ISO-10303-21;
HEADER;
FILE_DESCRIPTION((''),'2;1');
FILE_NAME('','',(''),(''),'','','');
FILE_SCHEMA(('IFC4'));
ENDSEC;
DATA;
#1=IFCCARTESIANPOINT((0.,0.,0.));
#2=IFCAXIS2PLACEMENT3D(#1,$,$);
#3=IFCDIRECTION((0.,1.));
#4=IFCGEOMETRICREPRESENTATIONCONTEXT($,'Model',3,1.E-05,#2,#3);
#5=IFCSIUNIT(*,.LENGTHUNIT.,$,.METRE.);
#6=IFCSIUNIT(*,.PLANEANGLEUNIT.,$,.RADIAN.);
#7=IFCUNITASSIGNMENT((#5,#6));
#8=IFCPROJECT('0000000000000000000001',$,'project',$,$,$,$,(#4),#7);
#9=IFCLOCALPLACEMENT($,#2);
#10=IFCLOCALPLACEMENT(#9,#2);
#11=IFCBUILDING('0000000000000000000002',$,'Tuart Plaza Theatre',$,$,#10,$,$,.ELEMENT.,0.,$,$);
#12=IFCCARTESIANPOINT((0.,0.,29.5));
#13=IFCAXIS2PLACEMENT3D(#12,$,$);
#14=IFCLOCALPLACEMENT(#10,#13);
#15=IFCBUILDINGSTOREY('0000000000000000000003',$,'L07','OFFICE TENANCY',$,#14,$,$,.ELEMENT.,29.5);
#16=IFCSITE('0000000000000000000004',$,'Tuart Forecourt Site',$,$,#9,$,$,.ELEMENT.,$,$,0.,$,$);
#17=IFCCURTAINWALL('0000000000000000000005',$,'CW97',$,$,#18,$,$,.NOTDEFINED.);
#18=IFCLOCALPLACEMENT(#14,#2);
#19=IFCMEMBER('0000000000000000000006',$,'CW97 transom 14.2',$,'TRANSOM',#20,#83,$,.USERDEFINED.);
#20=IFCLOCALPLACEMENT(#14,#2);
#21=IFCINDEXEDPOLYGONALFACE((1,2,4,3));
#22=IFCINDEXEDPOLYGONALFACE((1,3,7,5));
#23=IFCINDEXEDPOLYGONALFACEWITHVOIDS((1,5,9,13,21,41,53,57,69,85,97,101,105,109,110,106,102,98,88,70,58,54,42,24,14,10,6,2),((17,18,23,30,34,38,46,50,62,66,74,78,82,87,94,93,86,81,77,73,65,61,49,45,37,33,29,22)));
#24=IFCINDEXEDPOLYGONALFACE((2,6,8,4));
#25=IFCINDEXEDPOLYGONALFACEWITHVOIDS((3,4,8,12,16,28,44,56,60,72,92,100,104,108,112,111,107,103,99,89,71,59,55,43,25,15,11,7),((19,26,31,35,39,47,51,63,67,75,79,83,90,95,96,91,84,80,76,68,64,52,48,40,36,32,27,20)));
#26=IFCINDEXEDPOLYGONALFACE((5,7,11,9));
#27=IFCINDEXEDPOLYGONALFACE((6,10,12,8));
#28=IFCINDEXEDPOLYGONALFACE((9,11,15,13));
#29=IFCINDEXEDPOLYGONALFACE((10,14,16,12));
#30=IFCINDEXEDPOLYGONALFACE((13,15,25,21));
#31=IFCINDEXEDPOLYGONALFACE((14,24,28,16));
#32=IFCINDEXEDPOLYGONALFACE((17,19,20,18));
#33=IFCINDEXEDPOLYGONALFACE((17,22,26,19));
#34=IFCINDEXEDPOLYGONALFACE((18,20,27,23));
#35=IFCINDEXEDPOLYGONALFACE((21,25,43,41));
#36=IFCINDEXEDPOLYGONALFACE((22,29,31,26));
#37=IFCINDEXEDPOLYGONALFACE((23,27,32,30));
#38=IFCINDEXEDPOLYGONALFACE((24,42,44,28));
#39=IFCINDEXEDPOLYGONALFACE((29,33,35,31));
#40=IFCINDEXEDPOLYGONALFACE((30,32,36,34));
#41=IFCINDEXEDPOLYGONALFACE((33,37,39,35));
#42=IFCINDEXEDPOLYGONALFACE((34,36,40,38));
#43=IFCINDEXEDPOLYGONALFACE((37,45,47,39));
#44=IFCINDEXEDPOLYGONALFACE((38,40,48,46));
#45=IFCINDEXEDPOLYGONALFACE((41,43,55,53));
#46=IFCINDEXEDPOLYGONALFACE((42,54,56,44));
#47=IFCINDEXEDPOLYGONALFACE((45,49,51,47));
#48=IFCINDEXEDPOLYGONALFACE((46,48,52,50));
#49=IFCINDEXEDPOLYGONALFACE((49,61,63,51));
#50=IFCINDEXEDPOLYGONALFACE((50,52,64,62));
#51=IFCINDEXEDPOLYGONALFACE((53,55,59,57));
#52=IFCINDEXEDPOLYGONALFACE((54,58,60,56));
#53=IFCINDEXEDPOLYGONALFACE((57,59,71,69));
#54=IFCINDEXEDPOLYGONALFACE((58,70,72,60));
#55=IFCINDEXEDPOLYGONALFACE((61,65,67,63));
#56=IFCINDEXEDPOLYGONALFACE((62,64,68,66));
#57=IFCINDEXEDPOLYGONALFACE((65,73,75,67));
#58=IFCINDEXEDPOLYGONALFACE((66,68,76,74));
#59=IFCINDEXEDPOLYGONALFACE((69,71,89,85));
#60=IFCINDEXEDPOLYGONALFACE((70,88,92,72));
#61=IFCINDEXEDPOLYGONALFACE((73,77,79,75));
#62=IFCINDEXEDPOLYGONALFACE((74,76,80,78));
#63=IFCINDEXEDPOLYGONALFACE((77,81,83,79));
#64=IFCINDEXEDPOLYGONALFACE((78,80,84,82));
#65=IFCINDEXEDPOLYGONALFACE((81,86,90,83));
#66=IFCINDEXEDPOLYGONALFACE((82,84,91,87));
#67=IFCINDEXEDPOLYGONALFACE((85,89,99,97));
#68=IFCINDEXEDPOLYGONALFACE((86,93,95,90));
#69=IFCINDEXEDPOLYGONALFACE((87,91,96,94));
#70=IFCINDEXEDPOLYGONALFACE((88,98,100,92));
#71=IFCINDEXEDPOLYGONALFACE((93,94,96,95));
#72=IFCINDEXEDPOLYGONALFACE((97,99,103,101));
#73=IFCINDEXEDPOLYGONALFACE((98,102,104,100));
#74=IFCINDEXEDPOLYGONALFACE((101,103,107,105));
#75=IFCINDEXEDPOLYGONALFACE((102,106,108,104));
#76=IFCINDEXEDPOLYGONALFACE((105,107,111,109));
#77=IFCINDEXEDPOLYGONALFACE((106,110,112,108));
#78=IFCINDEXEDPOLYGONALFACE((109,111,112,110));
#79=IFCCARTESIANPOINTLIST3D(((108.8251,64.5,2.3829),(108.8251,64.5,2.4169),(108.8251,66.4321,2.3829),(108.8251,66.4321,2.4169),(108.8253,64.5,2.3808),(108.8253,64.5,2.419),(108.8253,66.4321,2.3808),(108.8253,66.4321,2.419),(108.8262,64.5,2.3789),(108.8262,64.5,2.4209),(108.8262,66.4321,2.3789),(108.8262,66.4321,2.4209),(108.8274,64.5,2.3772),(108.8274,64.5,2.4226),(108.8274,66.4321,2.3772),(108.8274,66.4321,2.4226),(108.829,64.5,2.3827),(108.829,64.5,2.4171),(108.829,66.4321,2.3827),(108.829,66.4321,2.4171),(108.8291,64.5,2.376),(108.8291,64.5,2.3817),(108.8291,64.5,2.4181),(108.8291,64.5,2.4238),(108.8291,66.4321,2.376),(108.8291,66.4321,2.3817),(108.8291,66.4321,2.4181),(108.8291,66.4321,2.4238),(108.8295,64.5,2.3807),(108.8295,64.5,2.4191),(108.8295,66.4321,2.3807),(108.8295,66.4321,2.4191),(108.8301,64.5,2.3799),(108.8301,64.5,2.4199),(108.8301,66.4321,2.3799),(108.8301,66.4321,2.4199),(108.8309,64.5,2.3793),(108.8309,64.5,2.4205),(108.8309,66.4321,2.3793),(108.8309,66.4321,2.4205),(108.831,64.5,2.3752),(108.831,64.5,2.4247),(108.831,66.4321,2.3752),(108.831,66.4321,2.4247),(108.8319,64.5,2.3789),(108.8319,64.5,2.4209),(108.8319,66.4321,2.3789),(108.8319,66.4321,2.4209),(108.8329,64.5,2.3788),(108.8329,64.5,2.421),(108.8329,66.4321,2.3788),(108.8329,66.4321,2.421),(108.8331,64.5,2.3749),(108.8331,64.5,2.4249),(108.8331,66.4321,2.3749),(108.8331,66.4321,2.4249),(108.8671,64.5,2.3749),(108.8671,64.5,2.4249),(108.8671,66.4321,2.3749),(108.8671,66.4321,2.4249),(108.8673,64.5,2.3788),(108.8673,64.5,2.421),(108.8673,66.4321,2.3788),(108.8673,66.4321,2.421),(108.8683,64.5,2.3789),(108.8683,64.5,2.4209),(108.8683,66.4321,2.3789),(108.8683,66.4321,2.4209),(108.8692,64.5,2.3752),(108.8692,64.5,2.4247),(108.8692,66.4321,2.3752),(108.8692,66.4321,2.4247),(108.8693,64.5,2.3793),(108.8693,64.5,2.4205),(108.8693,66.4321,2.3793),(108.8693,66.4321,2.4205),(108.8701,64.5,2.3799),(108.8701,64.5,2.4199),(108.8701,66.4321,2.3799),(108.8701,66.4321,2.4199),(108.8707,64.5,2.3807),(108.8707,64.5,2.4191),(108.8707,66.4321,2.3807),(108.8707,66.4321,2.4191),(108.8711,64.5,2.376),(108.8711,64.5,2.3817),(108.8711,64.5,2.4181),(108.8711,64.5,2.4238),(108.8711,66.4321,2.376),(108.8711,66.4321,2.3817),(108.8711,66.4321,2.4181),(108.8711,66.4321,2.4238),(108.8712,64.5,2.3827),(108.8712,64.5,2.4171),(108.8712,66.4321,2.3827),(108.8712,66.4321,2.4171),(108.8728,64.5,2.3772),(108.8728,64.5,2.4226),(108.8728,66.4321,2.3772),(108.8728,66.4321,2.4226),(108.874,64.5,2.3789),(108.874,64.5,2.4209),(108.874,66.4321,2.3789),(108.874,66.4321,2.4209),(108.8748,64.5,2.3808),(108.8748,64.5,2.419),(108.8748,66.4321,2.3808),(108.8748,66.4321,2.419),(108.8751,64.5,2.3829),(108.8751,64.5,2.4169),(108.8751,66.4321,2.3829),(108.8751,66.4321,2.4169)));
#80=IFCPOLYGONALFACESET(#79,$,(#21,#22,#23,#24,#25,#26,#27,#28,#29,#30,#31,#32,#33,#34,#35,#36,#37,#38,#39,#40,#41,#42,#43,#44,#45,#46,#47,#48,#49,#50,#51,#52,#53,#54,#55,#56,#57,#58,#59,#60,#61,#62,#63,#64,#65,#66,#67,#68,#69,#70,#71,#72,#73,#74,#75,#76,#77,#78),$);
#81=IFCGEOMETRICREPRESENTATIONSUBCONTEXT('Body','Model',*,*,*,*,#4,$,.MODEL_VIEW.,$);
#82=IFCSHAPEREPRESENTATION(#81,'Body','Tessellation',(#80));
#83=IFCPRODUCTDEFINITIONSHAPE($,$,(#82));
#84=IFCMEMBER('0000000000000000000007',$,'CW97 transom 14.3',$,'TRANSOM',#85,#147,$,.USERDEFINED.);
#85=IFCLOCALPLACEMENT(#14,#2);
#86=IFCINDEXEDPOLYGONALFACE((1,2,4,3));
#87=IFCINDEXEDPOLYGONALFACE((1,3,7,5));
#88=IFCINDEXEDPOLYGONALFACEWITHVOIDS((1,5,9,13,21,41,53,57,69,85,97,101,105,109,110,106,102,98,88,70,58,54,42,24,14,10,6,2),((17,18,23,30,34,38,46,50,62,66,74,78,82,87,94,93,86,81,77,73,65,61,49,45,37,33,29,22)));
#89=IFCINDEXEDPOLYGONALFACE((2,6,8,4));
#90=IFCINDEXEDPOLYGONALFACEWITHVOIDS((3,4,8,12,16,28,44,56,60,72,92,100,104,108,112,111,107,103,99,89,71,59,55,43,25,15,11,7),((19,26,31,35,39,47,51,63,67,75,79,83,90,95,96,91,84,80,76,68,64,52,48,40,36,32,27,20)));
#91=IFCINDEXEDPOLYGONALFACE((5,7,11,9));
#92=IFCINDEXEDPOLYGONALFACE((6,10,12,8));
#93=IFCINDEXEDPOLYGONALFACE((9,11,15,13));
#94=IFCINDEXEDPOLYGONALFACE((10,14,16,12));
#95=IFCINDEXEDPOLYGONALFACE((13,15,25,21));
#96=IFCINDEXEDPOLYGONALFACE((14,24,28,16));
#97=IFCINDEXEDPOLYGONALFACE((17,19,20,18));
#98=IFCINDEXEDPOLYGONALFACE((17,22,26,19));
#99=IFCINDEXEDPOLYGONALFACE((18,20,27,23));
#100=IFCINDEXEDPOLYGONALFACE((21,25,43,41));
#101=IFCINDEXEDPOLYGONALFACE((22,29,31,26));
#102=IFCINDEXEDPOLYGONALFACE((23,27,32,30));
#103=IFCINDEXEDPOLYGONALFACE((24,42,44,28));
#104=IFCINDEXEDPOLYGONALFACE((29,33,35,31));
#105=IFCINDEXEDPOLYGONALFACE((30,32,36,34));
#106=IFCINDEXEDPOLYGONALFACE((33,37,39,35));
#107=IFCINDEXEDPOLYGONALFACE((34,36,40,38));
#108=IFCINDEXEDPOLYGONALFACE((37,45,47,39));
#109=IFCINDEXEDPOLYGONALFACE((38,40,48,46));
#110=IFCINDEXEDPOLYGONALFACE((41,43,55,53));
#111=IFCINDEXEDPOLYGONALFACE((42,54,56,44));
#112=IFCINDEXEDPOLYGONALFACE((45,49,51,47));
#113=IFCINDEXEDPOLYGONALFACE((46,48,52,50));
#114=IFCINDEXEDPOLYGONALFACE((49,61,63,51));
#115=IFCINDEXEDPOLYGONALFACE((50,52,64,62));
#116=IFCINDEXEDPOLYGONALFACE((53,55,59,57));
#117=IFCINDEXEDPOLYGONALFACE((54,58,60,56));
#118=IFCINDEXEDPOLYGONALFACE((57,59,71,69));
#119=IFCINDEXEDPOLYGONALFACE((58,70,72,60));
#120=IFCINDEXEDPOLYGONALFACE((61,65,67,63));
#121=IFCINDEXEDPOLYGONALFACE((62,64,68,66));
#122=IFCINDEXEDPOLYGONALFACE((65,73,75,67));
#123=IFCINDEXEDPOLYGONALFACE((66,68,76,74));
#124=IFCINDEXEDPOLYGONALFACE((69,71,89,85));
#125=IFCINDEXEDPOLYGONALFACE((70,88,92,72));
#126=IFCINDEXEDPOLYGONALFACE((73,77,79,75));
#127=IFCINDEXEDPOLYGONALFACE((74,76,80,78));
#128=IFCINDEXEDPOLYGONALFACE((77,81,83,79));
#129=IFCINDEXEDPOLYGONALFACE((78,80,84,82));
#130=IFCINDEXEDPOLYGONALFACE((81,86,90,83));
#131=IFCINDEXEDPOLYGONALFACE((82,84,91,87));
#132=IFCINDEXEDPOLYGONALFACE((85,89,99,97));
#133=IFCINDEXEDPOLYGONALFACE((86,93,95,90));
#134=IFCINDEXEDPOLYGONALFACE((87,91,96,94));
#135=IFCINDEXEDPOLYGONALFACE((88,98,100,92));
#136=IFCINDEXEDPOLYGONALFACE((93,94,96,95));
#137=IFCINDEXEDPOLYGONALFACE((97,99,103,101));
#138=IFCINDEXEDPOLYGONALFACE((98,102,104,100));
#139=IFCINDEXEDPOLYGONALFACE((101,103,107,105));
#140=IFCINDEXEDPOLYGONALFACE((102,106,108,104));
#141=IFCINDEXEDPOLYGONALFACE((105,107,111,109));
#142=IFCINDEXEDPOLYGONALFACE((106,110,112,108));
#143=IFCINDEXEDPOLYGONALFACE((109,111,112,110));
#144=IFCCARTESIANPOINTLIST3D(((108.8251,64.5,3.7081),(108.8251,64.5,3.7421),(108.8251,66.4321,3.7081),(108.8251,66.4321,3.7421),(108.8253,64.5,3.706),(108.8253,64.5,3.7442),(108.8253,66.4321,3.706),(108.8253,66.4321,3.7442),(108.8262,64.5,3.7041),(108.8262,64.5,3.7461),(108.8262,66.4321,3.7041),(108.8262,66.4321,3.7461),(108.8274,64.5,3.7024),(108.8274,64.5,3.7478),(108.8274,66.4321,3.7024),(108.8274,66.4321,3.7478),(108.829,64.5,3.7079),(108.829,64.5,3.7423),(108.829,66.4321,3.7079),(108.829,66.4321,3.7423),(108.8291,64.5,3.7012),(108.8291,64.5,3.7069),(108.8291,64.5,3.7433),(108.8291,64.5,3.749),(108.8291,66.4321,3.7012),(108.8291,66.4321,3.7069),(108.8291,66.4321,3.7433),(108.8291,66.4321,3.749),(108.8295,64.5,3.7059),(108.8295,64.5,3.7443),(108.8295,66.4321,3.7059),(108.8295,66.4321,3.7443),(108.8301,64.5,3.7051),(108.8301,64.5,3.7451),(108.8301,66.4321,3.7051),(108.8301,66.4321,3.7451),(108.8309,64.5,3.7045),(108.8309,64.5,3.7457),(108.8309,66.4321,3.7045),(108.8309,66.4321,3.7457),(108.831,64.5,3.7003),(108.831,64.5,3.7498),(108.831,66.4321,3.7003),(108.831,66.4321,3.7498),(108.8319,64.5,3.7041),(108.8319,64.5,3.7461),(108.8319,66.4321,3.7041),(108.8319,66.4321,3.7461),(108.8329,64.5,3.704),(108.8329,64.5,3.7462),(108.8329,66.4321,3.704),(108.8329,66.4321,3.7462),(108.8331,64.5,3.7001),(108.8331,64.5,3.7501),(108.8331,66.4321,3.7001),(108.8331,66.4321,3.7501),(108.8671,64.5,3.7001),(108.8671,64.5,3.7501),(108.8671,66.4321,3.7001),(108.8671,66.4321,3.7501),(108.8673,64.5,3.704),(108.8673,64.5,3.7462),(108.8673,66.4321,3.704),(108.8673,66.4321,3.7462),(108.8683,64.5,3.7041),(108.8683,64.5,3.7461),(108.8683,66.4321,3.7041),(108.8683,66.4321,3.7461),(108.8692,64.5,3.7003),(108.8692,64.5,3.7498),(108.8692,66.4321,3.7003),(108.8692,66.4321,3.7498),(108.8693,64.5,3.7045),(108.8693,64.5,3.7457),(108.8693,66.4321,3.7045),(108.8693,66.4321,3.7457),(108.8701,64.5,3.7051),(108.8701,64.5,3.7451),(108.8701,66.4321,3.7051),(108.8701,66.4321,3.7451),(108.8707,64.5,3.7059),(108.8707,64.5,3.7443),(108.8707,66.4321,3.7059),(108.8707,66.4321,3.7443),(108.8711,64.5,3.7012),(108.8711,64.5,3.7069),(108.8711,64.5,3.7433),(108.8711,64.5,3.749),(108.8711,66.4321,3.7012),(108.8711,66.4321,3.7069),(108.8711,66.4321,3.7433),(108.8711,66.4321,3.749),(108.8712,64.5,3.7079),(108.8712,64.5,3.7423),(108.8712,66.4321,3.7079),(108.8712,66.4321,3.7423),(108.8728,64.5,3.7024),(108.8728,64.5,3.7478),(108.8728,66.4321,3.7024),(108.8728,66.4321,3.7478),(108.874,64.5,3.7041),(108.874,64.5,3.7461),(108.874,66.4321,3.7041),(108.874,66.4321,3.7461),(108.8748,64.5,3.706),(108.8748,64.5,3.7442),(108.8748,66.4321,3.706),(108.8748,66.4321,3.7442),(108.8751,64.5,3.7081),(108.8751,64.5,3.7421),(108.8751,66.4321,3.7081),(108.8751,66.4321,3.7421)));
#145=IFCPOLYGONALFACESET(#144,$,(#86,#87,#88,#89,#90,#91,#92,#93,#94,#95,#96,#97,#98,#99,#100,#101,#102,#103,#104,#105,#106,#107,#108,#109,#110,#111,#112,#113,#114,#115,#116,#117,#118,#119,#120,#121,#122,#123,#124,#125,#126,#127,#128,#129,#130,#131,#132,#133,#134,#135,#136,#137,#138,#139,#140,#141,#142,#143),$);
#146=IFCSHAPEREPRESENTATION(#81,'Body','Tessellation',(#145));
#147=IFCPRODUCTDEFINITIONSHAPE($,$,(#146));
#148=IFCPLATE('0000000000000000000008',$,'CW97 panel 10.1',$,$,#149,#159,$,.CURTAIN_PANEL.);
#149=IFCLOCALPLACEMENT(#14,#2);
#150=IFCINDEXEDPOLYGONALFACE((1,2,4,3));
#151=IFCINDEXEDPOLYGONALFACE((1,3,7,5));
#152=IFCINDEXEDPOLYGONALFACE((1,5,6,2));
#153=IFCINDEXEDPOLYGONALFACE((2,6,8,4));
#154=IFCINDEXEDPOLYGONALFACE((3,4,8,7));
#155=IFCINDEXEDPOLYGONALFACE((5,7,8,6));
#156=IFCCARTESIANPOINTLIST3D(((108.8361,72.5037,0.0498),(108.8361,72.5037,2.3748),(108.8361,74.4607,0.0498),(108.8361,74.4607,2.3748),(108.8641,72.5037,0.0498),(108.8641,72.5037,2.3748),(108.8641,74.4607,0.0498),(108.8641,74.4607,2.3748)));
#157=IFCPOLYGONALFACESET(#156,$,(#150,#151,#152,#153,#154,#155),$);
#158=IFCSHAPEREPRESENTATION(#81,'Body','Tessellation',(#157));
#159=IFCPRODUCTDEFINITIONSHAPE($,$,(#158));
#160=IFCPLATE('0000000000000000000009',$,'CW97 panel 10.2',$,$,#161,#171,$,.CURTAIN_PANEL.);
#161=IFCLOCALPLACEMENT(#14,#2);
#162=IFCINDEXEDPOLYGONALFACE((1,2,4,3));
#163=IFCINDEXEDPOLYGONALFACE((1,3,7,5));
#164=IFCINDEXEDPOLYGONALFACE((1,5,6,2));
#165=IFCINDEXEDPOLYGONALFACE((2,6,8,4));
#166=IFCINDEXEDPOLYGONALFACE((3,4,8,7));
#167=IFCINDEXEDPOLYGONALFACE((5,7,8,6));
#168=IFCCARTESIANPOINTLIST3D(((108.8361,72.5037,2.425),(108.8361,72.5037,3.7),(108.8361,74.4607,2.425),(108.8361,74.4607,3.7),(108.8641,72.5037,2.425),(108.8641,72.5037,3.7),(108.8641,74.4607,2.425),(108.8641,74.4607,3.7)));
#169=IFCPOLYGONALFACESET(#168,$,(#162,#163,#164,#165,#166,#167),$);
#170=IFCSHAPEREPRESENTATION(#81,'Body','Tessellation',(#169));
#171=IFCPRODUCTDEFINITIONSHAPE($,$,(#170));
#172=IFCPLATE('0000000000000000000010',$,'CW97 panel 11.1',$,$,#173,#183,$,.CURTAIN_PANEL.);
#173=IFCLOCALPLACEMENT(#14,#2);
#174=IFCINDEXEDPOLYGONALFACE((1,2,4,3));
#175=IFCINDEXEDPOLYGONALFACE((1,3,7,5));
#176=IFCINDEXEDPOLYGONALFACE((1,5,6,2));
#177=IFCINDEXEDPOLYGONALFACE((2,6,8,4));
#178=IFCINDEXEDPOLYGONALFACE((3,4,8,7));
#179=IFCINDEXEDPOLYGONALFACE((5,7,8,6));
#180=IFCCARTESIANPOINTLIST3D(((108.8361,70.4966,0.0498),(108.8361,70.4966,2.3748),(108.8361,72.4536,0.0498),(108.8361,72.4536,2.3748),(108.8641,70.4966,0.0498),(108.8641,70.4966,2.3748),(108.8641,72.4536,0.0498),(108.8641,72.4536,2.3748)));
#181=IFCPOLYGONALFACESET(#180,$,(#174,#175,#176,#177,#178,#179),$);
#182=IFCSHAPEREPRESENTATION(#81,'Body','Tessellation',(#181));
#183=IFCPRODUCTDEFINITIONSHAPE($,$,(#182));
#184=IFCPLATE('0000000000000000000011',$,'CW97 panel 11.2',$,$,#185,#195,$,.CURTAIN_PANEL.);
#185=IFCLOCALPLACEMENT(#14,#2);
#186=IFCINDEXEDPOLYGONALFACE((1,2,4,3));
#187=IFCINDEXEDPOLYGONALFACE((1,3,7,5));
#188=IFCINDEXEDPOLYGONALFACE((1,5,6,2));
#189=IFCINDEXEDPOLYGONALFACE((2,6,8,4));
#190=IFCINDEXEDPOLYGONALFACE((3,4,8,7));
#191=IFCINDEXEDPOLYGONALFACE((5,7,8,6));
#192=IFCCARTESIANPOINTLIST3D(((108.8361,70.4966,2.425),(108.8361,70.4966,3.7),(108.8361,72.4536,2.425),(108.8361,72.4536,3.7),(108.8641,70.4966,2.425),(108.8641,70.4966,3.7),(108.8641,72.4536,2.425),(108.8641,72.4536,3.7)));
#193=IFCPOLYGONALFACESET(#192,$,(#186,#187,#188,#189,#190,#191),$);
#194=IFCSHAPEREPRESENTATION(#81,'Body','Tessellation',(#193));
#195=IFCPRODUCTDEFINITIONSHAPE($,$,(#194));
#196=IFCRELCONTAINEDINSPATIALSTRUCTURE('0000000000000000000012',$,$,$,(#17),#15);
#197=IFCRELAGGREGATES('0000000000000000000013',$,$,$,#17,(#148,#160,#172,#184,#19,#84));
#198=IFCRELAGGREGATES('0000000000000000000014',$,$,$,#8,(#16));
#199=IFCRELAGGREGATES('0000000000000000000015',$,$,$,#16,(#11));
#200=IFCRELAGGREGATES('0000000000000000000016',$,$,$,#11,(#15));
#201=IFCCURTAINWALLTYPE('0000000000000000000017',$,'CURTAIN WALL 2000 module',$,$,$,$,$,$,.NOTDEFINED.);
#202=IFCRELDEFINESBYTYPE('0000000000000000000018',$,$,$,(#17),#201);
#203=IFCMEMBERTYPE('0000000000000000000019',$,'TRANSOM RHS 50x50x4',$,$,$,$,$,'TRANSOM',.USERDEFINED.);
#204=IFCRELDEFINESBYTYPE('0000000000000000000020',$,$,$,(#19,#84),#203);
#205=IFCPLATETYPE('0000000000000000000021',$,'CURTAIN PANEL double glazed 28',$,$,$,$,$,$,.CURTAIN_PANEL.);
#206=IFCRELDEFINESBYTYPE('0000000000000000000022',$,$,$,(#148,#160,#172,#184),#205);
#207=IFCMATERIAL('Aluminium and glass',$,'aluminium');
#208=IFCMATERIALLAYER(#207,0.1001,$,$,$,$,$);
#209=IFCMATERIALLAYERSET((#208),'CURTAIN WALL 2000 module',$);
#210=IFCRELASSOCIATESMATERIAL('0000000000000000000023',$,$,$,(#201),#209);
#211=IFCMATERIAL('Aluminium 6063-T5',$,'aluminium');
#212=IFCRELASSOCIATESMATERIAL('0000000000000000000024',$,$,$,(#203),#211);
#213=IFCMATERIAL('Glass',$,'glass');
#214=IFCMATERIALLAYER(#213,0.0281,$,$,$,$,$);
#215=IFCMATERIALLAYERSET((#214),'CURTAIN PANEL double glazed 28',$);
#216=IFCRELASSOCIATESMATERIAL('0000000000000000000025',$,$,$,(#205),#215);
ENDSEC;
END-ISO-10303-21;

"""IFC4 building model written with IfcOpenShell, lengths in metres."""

from ifc_helpers import new_model, si_unit, direction, frame, origin, origin_2d, place, context, subcontext, project, spatial, rectangle, hollow_rectangle, extrude, material, layer, layer_set, material_profile, profile_set, type_object, element, aggregate, save


model = new_model("IFC4")

# Units and contexts
model_context = context("Model", 3, precision=1e-05, world=origin(), true_north=direction((0.0, 1.0)))
body_context = subcontext(model_context, "Body", "Model", "MODEL_VIEW")
ifc_project = project(units=[si_unit("LENGTHUNIT", "METRE"), si_unit("PLANEANGLEUNIT", "RADIAN")], contexts=[model_context])

# Site, building, storey
site_placement = place(None, origin())
site = spatial("IfcSite", under=ifc_project, at=site_placement, Name="Tuart Forecourt Site", CompositionType="ELEMENT", RefElevation=0.0)
building_placement = place(site_placement, origin())
building = spatial("IfcBuilding", under=site, at=building_placement, Name="Tuart Plaza Theatre", CompositionType="ELEMENT", ElevationOfRefHeight=0.0)
storey_placement = place(building_placement, frame((0.0, 0.0, 29.5)))
storey = spatial("IfcBuildingStorey", under=building, at=storey_placement, Name="L07", Description="OFFICE TENANCY", CompositionType="ELEMENT", Elevation=29.5)

# Curtain wall, members, plates
ifc_material_1 = material(Name="Aluminium and glass", Category="aluminium")
ifc_layer_1 = layer(ifc_material_1, 0.1001)
ifc_layer_set_1 = layer_set([ifc_layer_1], Name="CURTAIN WALL 2000 module")
curtain_wall_type = type_object("IfcCurtainWallType", Name="CURTAIN WALL 2000 module", PredefinedType="NOTDEFINED", material=ifc_layer_set_1)
curtain_wall_1_placement = place(storey_placement, origin())
curtain_wall_1 = element("IfcCurtainWall", 1, at=curtain_wall_1_placement, inside=storey, type_object=curtain_wall_type, Name="CW97", PredefinedType="NOTDEFINED")
ifc_material_2 = material(Name="Aluminium 6063-T5", Category="aluminium")
ifc_material_profile_1 = material_profile(ifc_material_2, hollow_rectangle(XDim=0.05, YDim=0.05, WallThickness=0.0039, InnerFilletRadius=0.0039, OuterFilletRadius=0.0081, at=origin_2d()), Name="RHS 50x50x4")
ifc_profile_set_1 = profile_set([ifc_material_profile_1], Name="Aluminium 6063-T5")
member_type = type_object("IfcMemberType", Name="TRANSOM RHS 50x50x4", ElementType="TRANSOM", PredefinedType="USERDEFINED", material=ifc_profile_set_1)
member_1_placement = place(storey_placement, frame((108.8501, 66.4321, 2.3999), z_axis=(0.0, -1.0, 0.0), x_axis=(1.0, 0.0, 0.0)))
member_1 = element("IfcMember", 2, at=member_1_placement, type_object=member_type, Name="CW97 transom 14.2", ObjectType="TRANSOM", PredefinedType="USERDEFINED", context=body_context, shape_type="SweptSolid", body=[
    extrude(hollow_rectangle(XDim=0.05, YDim=0.05, WallThickness=0.0039, InnerFilletRadius=0.0039, OuterFilletRadius=0.0081, at=origin_2d()), origin(), (0.0, 0.0, 1.0), 1.9321),
])
member_2_placement = place(storey_placement, frame((108.8501, 66.4321, 3.7251), z_axis=(0.0, -1.0, 0.0), x_axis=(1.0, 0.0, 0.0)))
member_2 = element("IfcMember", 3, at=member_2_placement, type_object=member_type, Name="CW97 transom 14.3", ObjectType="TRANSOM", PredefinedType="USERDEFINED", context=body_context, shape_type="SweptSolid", body=[
    extrude(hollow_rectangle(XDim=0.05, YDim=0.05, WallThickness=0.0039, InnerFilletRadius=0.0039, OuterFilletRadius=0.0081, at=origin_2d()), origin(), (0.0, 0.0, 1.0), 1.9321),
])
ifc_material_3 = material(Name="Glass", Category="glass")
ifc_layer_2 = layer(ifc_material_3, 0.0281)
ifc_layer_set_2 = layer_set([ifc_layer_2], Name="CURTAIN PANEL double glazed 28")
plate_type = type_object("IfcPlateType", Name="CURTAIN PANEL double glazed 28", PredefinedType="CURTAIN_PANEL", material=ifc_layer_set_2)
plate_1_placement = place(storey_placement, frame((108.8501, 73.4822, 0.0498), z_axis=(0.0, 0.0, 1.0), x_axis=(0.0, -1.0, 0.0)))
plate_1 = element("IfcPlate", 4, at=plate_1_placement, type_object=plate_type, Name="CW97 panel 10.1", PredefinedType="CURTAIN_PANEL", context=body_context, shape_type="SweptSolid", body=[
    extrude(rectangle(XDim=1.957, YDim=0.0281, at=origin_2d()), origin(), (0.0, 0.0, 1.0), 2.325),
])
plate_2_placement = place(storey_placement, frame((108.8501, 73.4822, 2.425), z_axis=(0.0, 0.0, 1.0), x_axis=(0.0, -1.0, 0.0)))
plate_2 = element("IfcPlate", 5, at=plate_2_placement, type_object=plate_type, Name="CW97 panel 10.2", PredefinedType="CURTAIN_PANEL", context=body_context, shape_type="SweptSolid", body=[
    extrude(rectangle(XDim=1.957, YDim=0.0281, at=origin_2d()), origin(), (0.0, 0.0, 1.0), 1.2749),
])
plate_3_placement = place(storey_placement, frame((108.8501, 71.4751, 0.0498), z_axis=(0.0, 0.0, 1.0), x_axis=(0.0, -1.0, 0.0)))
plate_3 = element("IfcPlate", 6, at=plate_3_placement, type_object=plate_type, Name="CW97 panel 11.1", PredefinedType="CURTAIN_PANEL", context=body_context, shape_type="SweptSolid", body=[
    extrude(rectangle(XDim=1.957, YDim=0.0281, at=origin_2d()), origin(), (0.0, 0.0, 1.0), 2.325),
])
plate_4_placement = place(storey_placement, frame((108.8501, 71.4751, 2.425), z_axis=(0.0, 0.0, 1.0), x_axis=(0.0, -1.0, 0.0)))
plate_4 = element("IfcPlate", 7, at=plate_4_placement, type_object=plate_type, Name="CW97 panel 11.2", PredefinedType="CURTAIN_PANEL", context=body_context, shape_type="SweptSolid", body=[
    extrude(rectangle(XDim=1.957, YDim=0.0281, at=origin_2d()), origin(), (0.0, 0.0, 1.0), 1.2749),
])
aggregate(curtain_wall_1, [plate_1, plate_2, plate_3, plate_4, member_1, member_2])

save(model, "model.ifc")
